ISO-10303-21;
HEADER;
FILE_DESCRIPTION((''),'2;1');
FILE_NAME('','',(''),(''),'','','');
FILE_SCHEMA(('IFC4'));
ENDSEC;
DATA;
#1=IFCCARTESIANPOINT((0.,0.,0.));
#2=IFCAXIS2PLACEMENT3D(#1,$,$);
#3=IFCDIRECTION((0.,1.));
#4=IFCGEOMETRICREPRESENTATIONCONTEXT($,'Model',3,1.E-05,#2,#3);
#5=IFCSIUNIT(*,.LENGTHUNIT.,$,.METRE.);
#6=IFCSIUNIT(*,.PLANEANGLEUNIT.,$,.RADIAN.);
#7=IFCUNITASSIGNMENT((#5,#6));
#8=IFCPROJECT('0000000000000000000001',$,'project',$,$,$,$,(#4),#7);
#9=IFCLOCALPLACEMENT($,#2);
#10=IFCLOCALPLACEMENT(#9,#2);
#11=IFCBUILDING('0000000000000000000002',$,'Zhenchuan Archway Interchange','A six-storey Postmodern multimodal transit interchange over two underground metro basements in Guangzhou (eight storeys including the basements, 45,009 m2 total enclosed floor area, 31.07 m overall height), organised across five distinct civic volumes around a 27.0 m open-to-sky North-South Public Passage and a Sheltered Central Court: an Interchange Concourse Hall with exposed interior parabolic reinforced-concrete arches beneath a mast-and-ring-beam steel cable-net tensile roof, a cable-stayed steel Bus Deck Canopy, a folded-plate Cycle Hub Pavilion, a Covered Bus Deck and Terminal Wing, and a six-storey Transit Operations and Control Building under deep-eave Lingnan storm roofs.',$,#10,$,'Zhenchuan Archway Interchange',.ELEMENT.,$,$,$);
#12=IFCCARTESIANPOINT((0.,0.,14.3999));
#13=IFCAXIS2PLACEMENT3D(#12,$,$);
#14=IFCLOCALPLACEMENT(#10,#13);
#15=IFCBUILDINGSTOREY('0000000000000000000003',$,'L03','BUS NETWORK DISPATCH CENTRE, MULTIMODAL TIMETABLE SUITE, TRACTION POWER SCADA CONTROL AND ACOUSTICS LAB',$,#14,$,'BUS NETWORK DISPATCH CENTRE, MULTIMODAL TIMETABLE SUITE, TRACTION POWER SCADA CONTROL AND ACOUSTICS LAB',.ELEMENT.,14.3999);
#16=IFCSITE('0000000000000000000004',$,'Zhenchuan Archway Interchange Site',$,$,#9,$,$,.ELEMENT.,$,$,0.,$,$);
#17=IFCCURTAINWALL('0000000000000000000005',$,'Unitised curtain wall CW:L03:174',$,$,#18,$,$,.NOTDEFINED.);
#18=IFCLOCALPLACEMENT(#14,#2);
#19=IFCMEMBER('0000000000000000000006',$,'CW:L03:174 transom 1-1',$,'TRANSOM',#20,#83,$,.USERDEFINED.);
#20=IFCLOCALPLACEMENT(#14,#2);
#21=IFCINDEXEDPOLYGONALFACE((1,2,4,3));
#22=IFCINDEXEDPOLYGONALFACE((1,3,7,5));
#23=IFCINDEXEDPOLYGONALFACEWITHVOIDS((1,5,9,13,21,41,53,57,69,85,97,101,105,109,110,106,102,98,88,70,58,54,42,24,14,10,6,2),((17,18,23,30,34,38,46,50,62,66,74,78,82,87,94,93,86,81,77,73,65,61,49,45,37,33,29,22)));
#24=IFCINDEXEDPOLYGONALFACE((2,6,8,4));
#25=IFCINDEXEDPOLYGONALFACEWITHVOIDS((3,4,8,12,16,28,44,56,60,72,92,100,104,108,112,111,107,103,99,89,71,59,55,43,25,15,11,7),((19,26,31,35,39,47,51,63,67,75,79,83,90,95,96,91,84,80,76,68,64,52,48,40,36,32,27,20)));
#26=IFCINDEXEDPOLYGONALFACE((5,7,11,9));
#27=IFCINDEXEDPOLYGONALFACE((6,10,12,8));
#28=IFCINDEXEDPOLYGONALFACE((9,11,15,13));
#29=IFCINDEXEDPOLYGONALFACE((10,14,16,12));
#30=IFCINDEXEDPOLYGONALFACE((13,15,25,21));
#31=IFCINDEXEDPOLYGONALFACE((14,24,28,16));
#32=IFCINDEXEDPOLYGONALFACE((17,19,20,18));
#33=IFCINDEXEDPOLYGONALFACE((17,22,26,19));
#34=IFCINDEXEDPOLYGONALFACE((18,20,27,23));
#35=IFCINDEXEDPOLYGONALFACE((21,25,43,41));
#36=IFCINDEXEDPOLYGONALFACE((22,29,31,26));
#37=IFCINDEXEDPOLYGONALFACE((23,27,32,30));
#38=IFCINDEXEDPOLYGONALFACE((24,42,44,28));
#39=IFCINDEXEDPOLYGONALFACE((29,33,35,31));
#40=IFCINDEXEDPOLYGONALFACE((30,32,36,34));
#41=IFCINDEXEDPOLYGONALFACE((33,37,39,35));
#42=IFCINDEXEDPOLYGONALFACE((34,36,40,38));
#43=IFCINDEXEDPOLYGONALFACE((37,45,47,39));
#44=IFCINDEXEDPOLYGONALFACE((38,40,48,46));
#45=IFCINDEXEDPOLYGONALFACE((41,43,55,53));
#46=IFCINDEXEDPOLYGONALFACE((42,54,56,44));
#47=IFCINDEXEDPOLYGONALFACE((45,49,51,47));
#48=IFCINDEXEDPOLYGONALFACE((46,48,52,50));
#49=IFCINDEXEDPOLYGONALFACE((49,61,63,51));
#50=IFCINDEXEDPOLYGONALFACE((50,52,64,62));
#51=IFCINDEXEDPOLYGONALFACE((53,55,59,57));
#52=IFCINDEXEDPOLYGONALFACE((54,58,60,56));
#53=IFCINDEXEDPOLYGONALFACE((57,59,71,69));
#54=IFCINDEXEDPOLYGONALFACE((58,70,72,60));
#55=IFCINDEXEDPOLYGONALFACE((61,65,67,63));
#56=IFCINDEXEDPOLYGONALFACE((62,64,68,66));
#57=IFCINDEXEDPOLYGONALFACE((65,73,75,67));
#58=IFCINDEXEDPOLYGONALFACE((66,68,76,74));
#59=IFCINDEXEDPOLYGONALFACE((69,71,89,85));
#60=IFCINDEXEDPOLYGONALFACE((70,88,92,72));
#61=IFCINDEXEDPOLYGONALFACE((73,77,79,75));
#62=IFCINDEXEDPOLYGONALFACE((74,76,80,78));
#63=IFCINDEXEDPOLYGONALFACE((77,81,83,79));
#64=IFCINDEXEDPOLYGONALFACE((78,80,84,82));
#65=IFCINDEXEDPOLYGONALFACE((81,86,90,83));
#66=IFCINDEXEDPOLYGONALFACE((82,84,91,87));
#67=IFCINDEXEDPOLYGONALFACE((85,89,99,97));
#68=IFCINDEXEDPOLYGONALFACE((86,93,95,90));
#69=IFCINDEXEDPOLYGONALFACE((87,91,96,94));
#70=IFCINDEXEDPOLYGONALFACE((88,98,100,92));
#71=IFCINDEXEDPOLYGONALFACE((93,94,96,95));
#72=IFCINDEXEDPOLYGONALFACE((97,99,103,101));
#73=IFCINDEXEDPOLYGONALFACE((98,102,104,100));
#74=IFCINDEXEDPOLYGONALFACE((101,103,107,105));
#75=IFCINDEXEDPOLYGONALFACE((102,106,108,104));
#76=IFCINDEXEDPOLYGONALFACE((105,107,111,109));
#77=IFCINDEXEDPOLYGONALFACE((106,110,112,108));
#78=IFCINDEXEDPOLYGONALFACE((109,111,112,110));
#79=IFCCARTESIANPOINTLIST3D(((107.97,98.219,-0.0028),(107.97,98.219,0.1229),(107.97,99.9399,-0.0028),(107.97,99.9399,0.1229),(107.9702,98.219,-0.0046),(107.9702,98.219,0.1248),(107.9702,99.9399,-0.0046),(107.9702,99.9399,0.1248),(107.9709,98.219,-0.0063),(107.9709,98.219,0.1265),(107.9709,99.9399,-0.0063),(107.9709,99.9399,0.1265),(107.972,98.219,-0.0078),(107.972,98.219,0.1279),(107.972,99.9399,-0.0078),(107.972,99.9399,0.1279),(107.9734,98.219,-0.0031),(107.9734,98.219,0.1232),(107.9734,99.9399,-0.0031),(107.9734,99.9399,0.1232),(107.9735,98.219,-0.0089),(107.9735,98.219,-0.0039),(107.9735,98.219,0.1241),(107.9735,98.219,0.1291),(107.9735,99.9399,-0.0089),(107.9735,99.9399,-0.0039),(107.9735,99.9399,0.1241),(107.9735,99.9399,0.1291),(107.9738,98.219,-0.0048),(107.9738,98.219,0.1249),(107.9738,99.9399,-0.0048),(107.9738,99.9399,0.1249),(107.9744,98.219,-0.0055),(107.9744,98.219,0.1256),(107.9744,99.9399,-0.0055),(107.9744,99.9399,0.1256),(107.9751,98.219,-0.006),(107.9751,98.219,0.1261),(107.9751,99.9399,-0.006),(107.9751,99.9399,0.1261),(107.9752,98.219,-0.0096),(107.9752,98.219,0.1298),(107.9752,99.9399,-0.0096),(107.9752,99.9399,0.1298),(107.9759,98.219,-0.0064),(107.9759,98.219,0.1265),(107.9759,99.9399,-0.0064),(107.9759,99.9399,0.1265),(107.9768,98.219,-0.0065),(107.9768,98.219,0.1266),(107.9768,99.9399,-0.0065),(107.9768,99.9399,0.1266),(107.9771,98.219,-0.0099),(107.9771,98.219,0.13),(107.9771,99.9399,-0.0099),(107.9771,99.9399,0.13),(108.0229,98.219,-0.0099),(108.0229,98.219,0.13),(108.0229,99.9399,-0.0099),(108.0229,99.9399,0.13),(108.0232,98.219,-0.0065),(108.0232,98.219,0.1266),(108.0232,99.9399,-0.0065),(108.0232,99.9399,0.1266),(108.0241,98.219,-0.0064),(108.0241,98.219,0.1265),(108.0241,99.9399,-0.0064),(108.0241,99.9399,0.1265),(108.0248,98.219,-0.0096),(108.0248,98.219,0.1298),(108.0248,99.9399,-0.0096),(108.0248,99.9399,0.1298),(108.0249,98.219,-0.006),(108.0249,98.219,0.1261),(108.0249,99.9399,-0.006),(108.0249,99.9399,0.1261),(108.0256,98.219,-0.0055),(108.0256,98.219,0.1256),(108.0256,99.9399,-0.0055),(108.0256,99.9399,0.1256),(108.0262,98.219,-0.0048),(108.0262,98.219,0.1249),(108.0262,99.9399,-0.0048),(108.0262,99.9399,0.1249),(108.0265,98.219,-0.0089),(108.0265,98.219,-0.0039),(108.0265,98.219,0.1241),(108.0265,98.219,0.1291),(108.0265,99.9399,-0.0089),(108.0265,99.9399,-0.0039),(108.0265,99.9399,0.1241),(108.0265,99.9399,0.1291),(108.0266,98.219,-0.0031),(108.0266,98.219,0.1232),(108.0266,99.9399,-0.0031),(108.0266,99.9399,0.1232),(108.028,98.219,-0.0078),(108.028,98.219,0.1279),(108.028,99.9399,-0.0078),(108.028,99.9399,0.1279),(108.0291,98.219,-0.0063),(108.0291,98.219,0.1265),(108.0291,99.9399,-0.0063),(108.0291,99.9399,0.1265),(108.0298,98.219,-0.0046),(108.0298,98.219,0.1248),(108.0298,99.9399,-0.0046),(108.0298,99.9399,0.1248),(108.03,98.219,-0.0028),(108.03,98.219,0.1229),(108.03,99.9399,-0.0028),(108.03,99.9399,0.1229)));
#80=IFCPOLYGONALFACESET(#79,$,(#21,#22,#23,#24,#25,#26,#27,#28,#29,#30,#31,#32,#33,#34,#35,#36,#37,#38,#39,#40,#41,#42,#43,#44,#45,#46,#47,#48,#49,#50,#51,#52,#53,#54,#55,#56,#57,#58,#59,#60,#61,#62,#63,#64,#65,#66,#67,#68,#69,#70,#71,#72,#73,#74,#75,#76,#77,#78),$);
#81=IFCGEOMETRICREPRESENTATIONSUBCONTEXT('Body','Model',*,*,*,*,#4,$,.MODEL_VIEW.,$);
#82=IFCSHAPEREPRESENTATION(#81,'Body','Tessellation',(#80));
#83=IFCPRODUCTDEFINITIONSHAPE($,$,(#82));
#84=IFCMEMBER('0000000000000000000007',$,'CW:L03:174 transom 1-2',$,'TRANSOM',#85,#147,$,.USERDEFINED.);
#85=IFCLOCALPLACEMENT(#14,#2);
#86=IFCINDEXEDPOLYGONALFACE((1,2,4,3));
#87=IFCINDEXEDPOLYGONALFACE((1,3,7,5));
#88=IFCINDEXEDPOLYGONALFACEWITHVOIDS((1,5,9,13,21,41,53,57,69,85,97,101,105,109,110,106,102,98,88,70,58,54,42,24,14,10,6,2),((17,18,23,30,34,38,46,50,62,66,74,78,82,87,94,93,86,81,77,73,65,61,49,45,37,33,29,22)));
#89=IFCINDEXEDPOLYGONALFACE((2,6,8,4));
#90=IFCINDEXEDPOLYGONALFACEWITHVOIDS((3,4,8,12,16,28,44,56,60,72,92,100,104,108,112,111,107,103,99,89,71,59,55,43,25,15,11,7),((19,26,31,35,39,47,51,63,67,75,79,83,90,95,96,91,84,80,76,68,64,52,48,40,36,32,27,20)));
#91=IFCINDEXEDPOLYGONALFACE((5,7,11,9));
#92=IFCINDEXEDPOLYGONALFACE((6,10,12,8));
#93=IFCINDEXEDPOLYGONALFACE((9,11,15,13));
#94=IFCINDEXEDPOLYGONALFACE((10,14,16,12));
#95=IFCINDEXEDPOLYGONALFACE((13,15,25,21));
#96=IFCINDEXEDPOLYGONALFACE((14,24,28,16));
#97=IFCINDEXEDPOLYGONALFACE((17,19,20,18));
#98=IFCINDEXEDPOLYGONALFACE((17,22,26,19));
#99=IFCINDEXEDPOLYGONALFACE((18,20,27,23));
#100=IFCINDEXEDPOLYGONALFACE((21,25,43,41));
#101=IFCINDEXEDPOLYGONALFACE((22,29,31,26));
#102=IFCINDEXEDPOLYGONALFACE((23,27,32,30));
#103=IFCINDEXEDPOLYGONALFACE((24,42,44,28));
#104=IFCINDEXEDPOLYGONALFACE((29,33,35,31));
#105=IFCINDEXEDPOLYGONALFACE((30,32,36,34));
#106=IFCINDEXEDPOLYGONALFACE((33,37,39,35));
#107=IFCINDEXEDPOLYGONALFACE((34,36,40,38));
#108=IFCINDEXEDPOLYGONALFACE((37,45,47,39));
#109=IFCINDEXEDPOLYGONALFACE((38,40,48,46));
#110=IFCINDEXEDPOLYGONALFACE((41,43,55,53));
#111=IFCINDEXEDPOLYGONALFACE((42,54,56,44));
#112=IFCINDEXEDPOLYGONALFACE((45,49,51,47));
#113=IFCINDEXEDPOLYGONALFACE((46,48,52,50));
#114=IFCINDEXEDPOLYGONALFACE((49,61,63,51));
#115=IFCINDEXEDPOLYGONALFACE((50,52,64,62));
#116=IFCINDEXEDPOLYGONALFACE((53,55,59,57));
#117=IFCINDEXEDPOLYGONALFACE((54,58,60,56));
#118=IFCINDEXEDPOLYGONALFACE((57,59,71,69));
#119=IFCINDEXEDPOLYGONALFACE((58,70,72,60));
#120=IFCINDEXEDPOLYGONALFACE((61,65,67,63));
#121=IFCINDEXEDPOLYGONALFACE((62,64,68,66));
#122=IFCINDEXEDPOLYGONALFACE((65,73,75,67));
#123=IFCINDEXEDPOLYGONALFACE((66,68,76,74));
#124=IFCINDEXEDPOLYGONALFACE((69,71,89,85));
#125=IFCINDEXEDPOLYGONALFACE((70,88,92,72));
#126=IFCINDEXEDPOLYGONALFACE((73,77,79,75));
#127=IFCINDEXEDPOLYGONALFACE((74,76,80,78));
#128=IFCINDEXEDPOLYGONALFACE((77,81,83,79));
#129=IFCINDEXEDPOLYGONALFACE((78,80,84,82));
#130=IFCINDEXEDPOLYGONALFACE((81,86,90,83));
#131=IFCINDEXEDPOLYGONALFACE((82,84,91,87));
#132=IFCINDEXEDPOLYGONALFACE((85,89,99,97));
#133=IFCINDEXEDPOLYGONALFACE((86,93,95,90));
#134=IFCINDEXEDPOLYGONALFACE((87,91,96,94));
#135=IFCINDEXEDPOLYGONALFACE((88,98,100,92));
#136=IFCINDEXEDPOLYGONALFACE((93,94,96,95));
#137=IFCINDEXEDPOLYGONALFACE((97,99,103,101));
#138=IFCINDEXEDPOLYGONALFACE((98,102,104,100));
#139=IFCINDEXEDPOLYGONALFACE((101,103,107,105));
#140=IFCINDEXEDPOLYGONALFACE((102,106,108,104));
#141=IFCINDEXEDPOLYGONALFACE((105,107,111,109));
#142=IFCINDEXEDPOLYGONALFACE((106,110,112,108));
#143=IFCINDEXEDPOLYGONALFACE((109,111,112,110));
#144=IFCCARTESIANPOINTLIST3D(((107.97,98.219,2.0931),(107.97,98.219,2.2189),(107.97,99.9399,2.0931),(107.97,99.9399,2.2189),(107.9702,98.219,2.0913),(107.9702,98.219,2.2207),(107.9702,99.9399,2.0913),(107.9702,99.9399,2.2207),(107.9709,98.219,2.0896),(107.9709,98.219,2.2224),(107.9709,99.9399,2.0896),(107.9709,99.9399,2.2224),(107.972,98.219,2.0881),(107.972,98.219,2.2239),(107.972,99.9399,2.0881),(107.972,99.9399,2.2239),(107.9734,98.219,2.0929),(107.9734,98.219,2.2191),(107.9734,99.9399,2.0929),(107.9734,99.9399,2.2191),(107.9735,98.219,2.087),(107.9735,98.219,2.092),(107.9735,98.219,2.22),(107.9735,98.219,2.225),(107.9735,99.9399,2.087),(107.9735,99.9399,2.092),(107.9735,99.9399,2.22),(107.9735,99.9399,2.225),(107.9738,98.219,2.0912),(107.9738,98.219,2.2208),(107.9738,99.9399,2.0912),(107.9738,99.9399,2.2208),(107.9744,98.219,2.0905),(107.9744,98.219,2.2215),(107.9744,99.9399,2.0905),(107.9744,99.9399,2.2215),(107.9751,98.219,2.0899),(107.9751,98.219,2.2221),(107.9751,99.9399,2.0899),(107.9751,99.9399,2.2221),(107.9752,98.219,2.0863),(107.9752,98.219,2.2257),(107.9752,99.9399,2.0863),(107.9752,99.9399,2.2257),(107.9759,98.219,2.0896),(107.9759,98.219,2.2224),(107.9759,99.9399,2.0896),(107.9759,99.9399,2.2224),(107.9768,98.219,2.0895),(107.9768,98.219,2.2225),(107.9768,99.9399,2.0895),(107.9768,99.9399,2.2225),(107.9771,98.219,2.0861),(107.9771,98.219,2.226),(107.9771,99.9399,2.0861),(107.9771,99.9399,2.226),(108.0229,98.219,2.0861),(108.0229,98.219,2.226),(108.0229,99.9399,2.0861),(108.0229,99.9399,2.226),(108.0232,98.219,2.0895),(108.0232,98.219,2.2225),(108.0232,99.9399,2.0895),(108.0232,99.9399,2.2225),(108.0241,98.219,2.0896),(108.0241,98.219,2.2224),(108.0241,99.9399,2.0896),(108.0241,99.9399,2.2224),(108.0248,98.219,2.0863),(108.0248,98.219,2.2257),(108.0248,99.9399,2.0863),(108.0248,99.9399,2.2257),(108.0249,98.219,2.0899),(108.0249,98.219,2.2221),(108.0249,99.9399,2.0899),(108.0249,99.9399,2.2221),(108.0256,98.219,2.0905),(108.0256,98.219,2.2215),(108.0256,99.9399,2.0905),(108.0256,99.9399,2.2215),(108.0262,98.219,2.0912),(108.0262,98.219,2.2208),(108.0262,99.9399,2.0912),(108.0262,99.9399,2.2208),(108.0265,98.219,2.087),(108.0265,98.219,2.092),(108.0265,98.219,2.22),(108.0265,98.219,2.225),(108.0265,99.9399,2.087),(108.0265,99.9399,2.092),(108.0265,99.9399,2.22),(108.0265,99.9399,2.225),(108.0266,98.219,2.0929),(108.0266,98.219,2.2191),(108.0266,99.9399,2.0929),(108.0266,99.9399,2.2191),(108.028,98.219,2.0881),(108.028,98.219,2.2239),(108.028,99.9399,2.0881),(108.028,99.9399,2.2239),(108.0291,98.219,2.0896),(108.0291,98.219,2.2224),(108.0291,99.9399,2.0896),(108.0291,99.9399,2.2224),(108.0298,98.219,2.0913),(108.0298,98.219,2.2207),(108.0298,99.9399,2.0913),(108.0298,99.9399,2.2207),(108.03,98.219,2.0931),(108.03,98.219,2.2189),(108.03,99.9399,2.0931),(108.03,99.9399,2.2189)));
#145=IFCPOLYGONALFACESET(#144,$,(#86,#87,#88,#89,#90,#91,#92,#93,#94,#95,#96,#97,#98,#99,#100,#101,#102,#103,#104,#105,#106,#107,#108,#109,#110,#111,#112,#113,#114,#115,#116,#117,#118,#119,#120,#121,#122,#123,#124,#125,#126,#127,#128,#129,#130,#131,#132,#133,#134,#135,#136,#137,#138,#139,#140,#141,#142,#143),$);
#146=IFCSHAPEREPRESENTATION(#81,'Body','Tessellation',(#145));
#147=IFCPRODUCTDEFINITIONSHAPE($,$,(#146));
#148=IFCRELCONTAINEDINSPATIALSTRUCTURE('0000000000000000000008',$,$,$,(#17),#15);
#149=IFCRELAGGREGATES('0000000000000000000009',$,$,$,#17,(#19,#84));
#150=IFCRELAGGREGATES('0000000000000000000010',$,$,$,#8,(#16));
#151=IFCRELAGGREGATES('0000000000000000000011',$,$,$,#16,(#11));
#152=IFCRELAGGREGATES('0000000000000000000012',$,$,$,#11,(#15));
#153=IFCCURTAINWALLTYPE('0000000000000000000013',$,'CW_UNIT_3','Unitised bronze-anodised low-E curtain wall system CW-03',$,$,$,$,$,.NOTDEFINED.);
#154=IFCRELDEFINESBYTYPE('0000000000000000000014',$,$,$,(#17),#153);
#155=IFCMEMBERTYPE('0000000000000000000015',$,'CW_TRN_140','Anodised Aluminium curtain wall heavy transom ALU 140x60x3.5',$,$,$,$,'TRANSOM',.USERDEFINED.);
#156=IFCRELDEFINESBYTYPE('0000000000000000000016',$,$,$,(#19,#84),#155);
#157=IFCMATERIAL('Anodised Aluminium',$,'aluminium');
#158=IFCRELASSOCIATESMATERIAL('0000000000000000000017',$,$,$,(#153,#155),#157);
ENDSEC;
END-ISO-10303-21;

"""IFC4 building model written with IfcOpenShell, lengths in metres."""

from ifc_helpers import new_model, si_unit, direction, frame, origin, origin_2d, place, context, subcontext, project, spatial, hollow_rectangle, extrude, material, material_profile, profile_set, type_object, element, aggregate, save


model = new_model("IFC4")

# Units and contexts
model_context = context("Model", 3, precision=1e-05, world=origin(), true_north=direction((0.0, 1.0)))
body_context = subcontext(model_context, "Body", "Model", "MODEL_VIEW")
ifc_project = project(units=[si_unit("LENGTHUNIT", "METRE"), si_unit("PLANEANGLEUNIT", "RADIAN")], contexts=[model_context])

# Site, building, storey
site_placement = place(None, origin())
site = spatial("IfcSite", under=ifc_project, at=site_placement, Name="Zhenchuan Archway Interchange Site", CompositionType="ELEMENT", RefElevation=0.0)
building_placement = place(site_placement, origin())
building = spatial("IfcBuilding", under=site, at=building_placement, Name="Zhenchuan Archway Interchange", Description="A six-storey Postmodern multimodal transit interchange over two underground metro basements in Guangzhou (eight storeys including the basements, 45,009 m2 total enclosed floor area, 31.07 m overall height), organised across five distinct civic volumes around a 27.0 m open-to-sky North-South Public Passage and a Sheltered Central Court: an Interchange Concourse Hall with exposed interior parabolic reinforced-concrete arches beneath a mast-and-ring-beam steel cable-net tensile roof, a cable-stayed steel Bus Deck Canopy, a folded-plate Cycle Hub Pavilion, a Covered Bus Deck and Terminal Wing, and a six-storey Transit Operations and Control Building under deep-eave Lingnan storm roofs.", LongName="Zhenchuan Archway Interchange", CompositionType="ELEMENT")
storey_placement = place(building_placement, frame((0.0, 0.0, 14.3999)))
storey = spatial("IfcBuildingStorey", under=building, at=storey_placement, Name="L03", Description="BUS NETWORK DISPATCH CENTRE, MULTIMODAL TIMETABLE SUITE, TRACTION POWER SCADA CONTROL AND ACOUSTICS LAB", LongName="BUS NETWORK DISPATCH CENTRE, MULTIMODAL TIMETABLE SUITE, TRACTION POWER SCADA CONTROL AND ACOUSTICS LAB", CompositionType="ELEMENT", Elevation=14.3999)

# Curtain wall, members
ifc_material_1 = material(Name="Anodised Aluminium", Category="aluminium")
curtain_wall_type = type_object("IfcCurtainWallType", Name="CW_UNIT_3", Description="Unitised bronze-anodised low-E curtain wall system CW-03", PredefinedType="NOTDEFINED", material=ifc_material_1)
curtain_wall_placement = place(storey_placement, origin())
curtain_wall = element("IfcCurtainWall", 1, at=curtain_wall_placement, inside=storey, type_object=curtain_wall_type, Name="Unitised curtain wall CW:L03:174", PredefinedType="NOTDEFINED")
ifc_material_profile_1 = material_profile(ifc_material_1, hollow_rectangle(XDim=0.0601, YDim=0.1399, WallThickness=0.0034, InnerFilletRadius=0.0034, OuterFilletRadius=0.0071, at=origin_2d()), Name="ALU 140x60x3.5")
ifc_profile_set_1 = profile_set([ifc_material_profile_1], Name="Anodised Aluminium")
member_type_1 = type_object("IfcMemberType", Name="CW_TRN_140", Description="Anodised Aluminium curtain wall heavy transom ALU 140x60x3.5", ElementType="TRANSOM", PredefinedType="USERDEFINED", material=ifc_profile_set_1)
member_1_placement = place(storey_placement, frame((108.0, 98.219, 0.0601), z_axis=(0.0, 1.0, 0.0), x_axis=(-1.0, 0.0, 0.0)))
member_1 = element("IfcMember", 2, at=member_1_placement, type_object=member_type_1, Name="CW:L03:174 transom 1-1", ObjectType="TRANSOM", PredefinedType="USERDEFINED", context=body_context, shape_type="SweptSolid", body=[
    extrude(hollow_rectangle(XDim=0.0601, YDim=0.1399, WallThickness=0.0034, InnerFilletRadius=0.0034, OuterFilletRadius=0.0071, at=origin_2d()), origin(), (0.0, 0.0, 1.0), 1.7209),
])
member_2_placement = place(storey_placement, frame((108.0, 98.219, 2.156), z_axis=(0.0, 1.0, 0.0), x_axis=(-1.0, 0.0, 0.0)))
member_2 = element("IfcMember", 3, at=member_2_placement, type_object=member_type_1, Name="CW:L03:174 transom 1-2", ObjectType="TRANSOM", PredefinedType="USERDEFINED", context=body_context, shape_type="SweptSolid", body=[
    extrude(hollow_rectangle(XDim=0.0601, YDim=0.1399, WallThickness=0.0034, InnerFilletRadius=0.0034, OuterFilletRadius=0.0071, at=origin_2d()), origin(), (0.0, 0.0, 1.0), 1.7209),
])

aggregate(curtain_wall, [member_1, member_2])

save(model, "model.ifc")
